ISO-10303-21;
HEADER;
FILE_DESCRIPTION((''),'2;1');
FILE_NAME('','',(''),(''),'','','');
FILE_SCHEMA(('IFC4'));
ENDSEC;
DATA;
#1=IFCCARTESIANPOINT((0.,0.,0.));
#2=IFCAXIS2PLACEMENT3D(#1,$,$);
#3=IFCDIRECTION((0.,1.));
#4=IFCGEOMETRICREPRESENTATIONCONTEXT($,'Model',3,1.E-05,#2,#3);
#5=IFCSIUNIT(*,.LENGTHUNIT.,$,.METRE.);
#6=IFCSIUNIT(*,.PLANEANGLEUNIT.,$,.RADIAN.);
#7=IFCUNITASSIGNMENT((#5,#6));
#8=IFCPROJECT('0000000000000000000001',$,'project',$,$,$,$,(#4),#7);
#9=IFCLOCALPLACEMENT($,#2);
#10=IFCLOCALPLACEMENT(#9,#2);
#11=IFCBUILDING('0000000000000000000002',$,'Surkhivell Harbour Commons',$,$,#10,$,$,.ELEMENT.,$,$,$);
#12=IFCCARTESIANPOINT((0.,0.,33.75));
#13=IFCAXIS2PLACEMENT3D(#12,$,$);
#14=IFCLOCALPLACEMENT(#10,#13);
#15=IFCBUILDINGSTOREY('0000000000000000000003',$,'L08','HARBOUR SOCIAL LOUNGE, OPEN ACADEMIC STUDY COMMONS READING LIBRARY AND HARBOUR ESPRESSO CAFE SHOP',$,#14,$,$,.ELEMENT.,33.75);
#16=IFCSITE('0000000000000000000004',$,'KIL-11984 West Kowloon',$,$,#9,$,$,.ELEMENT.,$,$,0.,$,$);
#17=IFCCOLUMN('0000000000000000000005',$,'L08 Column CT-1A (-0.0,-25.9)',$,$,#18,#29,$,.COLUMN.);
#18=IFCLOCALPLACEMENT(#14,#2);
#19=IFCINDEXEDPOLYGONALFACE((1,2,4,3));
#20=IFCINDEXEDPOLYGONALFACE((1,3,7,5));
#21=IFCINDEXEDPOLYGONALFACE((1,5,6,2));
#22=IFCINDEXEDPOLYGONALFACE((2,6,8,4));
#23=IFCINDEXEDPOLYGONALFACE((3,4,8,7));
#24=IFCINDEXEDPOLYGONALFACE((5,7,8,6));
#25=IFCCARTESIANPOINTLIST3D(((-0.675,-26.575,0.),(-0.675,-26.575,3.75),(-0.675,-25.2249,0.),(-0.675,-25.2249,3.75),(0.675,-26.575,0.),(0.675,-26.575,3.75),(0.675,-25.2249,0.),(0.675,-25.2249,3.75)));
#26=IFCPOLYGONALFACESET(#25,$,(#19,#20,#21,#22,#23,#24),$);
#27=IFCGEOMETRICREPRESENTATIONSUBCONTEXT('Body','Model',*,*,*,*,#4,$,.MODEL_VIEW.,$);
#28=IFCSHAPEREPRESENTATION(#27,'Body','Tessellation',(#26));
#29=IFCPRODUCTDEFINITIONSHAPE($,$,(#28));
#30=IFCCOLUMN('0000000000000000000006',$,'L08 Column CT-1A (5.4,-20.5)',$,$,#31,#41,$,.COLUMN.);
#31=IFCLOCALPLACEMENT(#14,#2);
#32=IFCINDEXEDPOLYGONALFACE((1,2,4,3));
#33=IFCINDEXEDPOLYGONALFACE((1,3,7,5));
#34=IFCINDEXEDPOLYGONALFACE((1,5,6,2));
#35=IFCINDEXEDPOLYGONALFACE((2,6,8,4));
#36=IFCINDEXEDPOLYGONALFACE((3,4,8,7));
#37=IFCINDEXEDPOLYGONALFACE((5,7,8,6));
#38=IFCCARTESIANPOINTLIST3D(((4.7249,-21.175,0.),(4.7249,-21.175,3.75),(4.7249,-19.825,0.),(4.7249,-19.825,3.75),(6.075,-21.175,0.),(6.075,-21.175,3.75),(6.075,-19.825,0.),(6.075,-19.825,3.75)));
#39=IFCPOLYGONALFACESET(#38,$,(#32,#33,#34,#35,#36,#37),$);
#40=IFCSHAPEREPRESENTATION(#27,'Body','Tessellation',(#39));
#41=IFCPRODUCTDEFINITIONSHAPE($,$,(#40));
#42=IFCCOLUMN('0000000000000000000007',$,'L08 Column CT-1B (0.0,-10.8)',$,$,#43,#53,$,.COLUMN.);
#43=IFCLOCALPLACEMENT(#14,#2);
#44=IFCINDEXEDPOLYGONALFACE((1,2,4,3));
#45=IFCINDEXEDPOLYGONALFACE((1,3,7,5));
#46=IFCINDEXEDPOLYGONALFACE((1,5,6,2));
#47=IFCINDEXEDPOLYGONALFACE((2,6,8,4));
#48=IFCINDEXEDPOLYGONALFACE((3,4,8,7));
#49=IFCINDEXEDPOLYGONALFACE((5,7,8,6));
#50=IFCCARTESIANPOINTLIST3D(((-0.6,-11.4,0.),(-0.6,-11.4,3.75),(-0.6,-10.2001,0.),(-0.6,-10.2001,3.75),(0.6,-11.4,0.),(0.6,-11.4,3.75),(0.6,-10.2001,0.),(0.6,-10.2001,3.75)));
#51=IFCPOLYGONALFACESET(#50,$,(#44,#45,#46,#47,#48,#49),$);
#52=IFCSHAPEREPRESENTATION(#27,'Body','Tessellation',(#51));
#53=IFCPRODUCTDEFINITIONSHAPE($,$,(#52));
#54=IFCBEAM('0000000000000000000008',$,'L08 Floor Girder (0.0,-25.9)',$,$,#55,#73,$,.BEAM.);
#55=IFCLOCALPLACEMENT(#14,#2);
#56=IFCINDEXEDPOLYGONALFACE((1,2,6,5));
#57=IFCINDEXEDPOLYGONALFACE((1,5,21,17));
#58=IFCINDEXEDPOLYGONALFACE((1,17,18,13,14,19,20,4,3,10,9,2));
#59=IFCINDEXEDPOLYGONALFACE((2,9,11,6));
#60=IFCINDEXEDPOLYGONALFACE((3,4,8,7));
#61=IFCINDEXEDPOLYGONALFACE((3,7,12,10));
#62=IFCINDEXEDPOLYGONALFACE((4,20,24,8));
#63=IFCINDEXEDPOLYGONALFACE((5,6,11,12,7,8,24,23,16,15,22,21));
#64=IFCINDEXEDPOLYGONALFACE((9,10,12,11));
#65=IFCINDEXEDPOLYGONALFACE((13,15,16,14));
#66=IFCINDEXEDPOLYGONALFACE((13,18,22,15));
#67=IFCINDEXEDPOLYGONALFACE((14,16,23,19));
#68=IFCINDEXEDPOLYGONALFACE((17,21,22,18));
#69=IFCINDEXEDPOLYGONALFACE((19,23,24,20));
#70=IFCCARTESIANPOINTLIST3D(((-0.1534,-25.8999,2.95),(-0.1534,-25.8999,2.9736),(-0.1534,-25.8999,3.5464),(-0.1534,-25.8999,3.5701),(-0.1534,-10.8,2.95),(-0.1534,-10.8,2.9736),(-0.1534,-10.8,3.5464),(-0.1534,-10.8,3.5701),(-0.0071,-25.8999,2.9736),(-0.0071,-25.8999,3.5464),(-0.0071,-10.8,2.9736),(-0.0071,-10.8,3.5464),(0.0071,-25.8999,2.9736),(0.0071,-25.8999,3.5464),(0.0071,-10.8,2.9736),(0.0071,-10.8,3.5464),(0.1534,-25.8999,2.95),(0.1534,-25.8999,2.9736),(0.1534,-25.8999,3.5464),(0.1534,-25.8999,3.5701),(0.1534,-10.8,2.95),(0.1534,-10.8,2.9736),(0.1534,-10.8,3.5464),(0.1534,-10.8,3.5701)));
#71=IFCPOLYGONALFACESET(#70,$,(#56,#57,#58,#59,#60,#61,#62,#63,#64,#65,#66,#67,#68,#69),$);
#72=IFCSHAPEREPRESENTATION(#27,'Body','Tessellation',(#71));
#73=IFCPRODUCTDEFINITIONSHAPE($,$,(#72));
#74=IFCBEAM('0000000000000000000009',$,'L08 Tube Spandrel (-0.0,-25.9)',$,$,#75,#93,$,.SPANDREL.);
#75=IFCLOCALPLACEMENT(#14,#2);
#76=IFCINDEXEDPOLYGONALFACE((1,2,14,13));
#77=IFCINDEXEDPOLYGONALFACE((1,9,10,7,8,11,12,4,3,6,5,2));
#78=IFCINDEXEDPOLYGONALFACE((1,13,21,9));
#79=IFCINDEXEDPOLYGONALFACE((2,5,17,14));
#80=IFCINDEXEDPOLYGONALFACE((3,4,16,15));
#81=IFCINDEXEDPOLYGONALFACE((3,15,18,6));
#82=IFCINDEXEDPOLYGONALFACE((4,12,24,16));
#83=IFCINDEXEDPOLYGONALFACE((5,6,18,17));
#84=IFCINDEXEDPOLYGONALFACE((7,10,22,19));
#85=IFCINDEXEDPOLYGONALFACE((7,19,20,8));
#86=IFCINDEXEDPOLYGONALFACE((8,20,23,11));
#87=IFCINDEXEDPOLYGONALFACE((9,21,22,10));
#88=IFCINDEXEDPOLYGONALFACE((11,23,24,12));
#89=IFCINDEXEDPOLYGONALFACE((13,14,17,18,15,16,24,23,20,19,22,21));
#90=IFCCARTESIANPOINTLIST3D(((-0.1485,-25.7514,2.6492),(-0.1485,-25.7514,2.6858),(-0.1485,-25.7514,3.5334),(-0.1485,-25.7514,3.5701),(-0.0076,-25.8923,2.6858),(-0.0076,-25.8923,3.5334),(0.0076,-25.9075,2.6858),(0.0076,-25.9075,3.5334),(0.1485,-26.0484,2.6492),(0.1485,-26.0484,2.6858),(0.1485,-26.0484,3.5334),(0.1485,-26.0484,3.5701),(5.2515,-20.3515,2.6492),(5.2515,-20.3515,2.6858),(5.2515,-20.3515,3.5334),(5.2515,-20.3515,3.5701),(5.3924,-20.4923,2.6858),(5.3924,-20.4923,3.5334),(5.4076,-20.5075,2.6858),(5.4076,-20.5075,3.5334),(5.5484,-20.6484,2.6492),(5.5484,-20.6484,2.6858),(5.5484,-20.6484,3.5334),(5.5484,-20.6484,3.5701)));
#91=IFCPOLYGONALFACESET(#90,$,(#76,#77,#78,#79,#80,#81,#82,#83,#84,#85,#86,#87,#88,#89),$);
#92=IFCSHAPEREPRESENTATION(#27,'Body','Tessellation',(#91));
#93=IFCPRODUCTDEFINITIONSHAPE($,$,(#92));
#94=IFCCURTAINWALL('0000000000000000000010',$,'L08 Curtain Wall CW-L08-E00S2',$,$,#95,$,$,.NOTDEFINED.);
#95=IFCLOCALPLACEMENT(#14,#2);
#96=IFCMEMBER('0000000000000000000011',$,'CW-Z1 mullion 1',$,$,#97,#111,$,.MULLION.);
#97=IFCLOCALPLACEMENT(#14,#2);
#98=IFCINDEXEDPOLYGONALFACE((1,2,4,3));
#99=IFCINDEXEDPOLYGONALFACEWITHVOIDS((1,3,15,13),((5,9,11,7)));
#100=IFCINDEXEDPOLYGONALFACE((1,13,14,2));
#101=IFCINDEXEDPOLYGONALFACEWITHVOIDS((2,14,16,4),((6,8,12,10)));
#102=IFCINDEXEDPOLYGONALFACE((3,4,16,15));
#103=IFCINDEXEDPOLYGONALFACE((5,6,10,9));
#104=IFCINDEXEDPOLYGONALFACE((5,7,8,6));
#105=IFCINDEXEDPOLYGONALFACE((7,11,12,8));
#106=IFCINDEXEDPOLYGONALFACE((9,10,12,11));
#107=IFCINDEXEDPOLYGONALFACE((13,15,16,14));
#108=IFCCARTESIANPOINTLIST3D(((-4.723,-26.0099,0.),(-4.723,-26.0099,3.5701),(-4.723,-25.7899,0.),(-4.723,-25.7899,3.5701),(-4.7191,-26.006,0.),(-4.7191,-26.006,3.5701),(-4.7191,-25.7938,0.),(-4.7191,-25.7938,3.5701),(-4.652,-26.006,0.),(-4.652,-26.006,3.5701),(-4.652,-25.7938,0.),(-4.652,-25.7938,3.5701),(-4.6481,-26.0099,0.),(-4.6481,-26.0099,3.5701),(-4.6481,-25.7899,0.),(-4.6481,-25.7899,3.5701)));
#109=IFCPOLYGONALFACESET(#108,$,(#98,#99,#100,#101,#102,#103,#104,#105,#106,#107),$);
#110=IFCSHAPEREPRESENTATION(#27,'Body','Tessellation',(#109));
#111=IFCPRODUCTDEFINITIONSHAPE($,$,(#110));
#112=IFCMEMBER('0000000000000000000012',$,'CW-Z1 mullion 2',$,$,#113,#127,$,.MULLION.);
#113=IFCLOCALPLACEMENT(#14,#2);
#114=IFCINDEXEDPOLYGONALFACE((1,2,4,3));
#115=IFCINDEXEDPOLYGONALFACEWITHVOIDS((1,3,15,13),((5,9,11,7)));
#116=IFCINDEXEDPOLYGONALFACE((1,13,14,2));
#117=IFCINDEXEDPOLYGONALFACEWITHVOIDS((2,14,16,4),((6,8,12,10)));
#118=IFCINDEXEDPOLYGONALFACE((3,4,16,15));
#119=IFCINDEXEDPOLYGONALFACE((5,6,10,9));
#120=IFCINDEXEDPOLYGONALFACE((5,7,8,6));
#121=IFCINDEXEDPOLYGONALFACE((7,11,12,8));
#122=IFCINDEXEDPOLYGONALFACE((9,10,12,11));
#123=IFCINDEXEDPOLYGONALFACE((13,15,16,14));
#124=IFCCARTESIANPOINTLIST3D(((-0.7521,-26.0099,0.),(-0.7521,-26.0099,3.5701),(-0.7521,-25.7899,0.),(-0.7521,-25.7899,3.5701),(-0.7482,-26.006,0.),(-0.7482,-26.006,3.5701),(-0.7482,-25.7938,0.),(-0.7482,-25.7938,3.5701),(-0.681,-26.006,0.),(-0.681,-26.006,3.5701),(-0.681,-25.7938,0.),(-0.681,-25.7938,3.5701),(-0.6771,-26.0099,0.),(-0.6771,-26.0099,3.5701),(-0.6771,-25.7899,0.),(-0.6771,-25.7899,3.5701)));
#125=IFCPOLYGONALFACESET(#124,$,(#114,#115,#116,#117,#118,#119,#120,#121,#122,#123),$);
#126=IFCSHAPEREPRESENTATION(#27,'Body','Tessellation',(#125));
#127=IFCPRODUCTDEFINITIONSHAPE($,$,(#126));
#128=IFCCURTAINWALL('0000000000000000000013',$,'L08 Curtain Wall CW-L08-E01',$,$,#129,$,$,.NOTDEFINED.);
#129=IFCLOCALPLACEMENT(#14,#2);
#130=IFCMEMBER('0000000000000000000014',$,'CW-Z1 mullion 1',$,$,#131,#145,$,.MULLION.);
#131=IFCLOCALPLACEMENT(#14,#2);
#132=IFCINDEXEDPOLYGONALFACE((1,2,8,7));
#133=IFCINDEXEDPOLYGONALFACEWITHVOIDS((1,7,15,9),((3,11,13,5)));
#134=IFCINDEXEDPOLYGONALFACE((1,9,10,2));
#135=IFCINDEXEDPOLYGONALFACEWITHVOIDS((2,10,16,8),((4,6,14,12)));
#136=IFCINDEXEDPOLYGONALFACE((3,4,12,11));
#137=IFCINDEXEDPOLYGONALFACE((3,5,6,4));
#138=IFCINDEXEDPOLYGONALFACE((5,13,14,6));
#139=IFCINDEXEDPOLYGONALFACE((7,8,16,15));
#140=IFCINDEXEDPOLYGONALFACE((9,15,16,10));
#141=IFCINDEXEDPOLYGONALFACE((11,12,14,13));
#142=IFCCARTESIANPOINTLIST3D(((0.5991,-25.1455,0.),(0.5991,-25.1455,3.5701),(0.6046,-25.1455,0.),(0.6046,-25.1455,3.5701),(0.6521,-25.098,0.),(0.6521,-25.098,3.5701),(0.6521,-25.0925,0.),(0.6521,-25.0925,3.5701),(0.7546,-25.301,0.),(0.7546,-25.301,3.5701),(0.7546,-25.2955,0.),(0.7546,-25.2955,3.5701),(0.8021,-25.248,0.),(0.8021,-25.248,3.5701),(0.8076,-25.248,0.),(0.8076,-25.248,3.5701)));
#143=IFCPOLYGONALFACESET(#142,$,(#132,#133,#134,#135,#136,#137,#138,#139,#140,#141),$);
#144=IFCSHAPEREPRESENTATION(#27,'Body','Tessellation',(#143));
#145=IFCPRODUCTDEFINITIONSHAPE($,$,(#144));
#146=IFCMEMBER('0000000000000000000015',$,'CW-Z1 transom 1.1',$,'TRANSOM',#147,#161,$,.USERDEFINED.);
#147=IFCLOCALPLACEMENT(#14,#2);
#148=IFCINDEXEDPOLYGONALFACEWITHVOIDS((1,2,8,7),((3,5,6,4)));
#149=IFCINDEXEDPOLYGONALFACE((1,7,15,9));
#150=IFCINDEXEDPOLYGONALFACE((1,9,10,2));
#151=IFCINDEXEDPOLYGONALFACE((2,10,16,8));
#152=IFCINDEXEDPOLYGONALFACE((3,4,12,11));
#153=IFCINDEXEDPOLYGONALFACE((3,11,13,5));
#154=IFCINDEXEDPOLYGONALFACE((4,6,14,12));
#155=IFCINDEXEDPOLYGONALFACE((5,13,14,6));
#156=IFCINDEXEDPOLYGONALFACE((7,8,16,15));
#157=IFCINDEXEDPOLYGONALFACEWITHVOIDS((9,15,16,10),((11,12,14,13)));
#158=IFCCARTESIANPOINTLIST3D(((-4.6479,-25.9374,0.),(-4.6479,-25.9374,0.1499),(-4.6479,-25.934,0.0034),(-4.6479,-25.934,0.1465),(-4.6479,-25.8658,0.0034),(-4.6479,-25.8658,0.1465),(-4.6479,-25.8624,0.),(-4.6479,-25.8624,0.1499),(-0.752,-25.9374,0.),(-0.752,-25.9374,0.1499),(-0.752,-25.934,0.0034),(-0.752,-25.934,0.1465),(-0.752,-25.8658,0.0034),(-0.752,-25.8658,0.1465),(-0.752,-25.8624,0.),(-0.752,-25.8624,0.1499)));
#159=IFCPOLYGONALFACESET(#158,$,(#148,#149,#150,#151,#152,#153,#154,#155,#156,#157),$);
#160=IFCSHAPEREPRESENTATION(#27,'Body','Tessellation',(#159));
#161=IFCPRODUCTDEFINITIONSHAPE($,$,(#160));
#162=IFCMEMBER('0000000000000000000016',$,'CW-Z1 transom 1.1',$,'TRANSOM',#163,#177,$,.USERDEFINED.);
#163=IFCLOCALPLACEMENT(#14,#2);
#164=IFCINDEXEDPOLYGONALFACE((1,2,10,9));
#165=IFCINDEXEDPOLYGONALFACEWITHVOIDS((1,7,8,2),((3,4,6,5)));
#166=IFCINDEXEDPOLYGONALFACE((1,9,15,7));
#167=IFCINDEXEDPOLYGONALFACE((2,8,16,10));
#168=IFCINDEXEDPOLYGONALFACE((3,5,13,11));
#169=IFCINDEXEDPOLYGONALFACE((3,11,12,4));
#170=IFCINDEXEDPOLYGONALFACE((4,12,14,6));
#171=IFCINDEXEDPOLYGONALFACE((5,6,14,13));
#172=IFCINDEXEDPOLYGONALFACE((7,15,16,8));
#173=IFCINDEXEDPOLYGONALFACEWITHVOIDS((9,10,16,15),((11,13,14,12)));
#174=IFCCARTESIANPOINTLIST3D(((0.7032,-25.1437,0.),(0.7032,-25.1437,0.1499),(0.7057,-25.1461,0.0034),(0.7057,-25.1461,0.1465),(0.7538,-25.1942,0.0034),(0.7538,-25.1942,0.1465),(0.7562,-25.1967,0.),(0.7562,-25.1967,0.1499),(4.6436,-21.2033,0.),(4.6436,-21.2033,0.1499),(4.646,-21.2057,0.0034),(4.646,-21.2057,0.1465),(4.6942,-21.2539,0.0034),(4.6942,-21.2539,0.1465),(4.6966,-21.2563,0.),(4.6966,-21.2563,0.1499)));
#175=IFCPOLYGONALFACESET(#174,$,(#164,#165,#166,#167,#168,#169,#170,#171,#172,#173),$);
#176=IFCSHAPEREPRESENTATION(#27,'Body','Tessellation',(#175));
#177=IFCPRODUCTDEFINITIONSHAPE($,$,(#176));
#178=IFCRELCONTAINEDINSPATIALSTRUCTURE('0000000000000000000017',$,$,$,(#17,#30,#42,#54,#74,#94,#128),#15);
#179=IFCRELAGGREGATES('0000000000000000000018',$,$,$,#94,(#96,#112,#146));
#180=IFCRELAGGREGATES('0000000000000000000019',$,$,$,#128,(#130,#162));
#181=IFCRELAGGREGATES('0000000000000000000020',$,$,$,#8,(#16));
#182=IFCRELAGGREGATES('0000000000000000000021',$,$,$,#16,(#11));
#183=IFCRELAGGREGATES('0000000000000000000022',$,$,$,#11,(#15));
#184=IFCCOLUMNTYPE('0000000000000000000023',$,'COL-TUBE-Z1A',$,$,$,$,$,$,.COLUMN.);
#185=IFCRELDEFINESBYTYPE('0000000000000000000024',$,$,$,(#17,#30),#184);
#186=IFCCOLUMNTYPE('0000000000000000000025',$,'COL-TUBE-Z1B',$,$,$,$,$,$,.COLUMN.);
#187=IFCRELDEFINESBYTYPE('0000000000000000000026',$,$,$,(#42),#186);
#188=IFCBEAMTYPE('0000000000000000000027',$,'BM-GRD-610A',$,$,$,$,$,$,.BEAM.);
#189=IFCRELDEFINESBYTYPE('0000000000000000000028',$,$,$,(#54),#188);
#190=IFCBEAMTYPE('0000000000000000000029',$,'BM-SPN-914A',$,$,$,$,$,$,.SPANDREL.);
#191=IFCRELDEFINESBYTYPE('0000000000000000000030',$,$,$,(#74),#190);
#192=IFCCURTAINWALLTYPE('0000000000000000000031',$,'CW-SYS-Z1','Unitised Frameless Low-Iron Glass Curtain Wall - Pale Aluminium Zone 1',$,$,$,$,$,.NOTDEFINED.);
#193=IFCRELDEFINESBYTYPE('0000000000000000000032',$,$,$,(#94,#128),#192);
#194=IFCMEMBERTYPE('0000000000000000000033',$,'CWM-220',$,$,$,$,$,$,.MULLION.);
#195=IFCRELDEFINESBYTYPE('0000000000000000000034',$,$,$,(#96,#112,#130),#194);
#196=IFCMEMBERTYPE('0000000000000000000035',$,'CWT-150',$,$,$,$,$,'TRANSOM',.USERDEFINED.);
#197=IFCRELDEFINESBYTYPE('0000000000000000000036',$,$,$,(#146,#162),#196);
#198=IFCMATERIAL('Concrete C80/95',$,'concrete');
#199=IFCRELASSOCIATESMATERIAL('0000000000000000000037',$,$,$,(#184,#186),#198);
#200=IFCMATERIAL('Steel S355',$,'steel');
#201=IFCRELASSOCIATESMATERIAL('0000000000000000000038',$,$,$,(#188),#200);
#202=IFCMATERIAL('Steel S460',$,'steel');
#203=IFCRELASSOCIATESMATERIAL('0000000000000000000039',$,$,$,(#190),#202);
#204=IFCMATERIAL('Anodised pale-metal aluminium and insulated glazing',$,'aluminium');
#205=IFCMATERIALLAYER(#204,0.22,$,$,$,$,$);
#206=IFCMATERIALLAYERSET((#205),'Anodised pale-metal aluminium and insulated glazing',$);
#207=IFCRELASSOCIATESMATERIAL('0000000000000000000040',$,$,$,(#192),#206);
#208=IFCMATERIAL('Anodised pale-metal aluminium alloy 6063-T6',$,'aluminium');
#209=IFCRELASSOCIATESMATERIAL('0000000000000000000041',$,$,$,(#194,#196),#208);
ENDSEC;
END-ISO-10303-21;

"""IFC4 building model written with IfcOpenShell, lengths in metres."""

from ifc_helpers import new_model, si_unit, direction, frame, origin, origin_2d, place, context, subcontext, project, spatial, rectangle, hollow_rectangle, i_section, extrude, material, layer, layer_set, material_profile, profile_set, type_object, element, aggregate, save


model = new_model("IFC4")

# Units and contexts
model_context = context("Model", 3, precision=1e-05, world=origin(), true_north=direction((0.0, 1.0)))
body_context = subcontext(model_context, "Body", "Model", "MODEL_VIEW")
ifc_project = project(units=[si_unit("LENGTHUNIT", "METRE"), si_unit("PLANEANGLEUNIT", "RADIAN")], contexts=[model_context])

# Site, building, storey
site_placement = place(None, origin())
site = spatial("IfcSite", under=ifc_project, at=site_placement, Name="KIL-11984 West Kowloon", CompositionType="ELEMENT", RefElevation=0.0)
building_placement = place(site_placement, origin())
building = spatial("IfcBuilding", under=site, at=building_placement, Name="Surkhivell Harbour Commons", CompositionType="ELEMENT")
storey_placement = place(building_placement, frame((0.0, 0.0, 33.75)))
storey = spatial("IfcBuildingStorey", under=building, at=storey_placement, Name="L08", Description="HARBOUR SOCIAL LOUNGE, OPEN ACADEMIC STUDY COMMONS READING LIBRARY AND HARBOUR ESPRESSO CAFE SHOP", CompositionType="ELEMENT", Elevation=33.75)

# Columns
ifc_material_1 = material(Name="Concrete C80/95", Category="concrete")
ifc_material_profile_1 = material_profile(ifc_material_1, rectangle(XDim=1.3501, YDim=1.3501, at=origin_2d()), Name="RC-COL-1350x1350")
ifc_profile_set_1 = profile_set([ifc_material_profile_1], Name="Concrete C80/95")
column_type_1 = type_object("IfcColumnType", Name="COL-TUBE-Z1A", PredefinedType="COLUMN", material=ifc_profile_set_1)
for number, where, z_axis, x_axis, name in (
    (1, (0.0, -25.8999, 0.0), (0.0, 0.0, 1.0), (1.0, 0.0, 0.0), "L08 Column CT-1A (-0.0,-25.9)"),
    (2, (5.3999, -20.5, 0.0), (0.0, 0.0, 1.0), (1.0, 0.0, 0.0), "L08 Column CT-1A (5.4,-20.5)"),
):
    element("IfcColumn", number, at=place(storey_placement, frame(where, z_axis=z_axis, x_axis=x_axis)), inside=storey, type_object=column_type_1, Name=name, PredefinedType="COLUMN", context=body_context, shape_type="SweptSolid", body=[
        extrude(rectangle(XDim=1.3501, YDim=1.3501, at=origin_2d()), origin(), (0.0, 0.0, 1.0), 3.75),
    ])
ifc_material_profile_2 = material_profile(ifc_material_1, rectangle(XDim=1.2, YDim=1.2, at=origin_2d()), Name="RC-COL-1200x1200")
ifc_profile_set_2 = profile_set([ifc_material_profile_2], Name="Concrete C80/95")
column_type_2 = type_object("IfcColumnType", Name="COL-TUBE-Z1B", PredefinedType="COLUMN", material=ifc_profile_set_2)
column_placement = place(storey_placement, frame((0.0, -10.8, 0.0), z_axis=(0.0, 0.0, 1.0), x_axis=(1.0, 0.0, 0.0)))
element("IfcColumn", 3, at=column_placement, inside=storey, type_object=column_type_2, Name="L08 Column CT-1B (0.0,-10.8)", PredefinedType="COLUMN", context=body_context, shape_type="SweptSolid", body=[
    extrude(rectangle(XDim=1.2, YDim=1.2, at=origin_2d()), origin(), (0.0, 0.0, 1.0), 3.75),
])

# Beams
ifc_material_2 = material(Name="Steel S355", Category="steel")
ifc_material_profile_3 = material_profile(ifc_material_2, i_section(OverallWidth=0.3069, OverallDepth=0.6201, WebThickness=0.0142, FlangeThickness=0.0237, at=origin_2d()), Name="UB610x305x179")
ifc_profile_set_3 = profile_set([ifc_material_profile_3], Name="Steel S355")
beam_type_1 = type_object("IfcBeamType", Name="BM-GRD-610A", PredefinedType="BEAM", material=ifc_profile_set_3)
beam_1_placement = place(storey_placement, frame((0.0, -25.8999, 3.26), z_axis=(0.0, 1.0, 0.0), x_axis=(-1.0, 0.0, 0.0)))
element("IfcBeam", 4, at=beam_1_placement, inside=storey, type_object=beam_type_1, Name="L08 Floor Girder (0.0,-25.9)", PredefinedType="BEAM", context=body_context, shape_type="SweptSolid", body=[
    extrude(i_section(OverallWidth=0.3069, OverallDepth=0.6201, WebThickness=0.0142, FlangeThickness=0.0237, at=origin_2d()), origin(), (0.0, 0.0, 1.0), 15.0999),
])
ifc_material_3 = material(Name="Steel S460", Category="steel")
ifc_material_profile_4 = material_profile(ifc_material_3, i_section(OverallWidth=0.4199, OverallDepth=0.9209, WebThickness=0.0215, FlangeThickness=0.0366, at=origin_2d()), Name="UB914x419x388")
ifc_profile_set_4 = profile_set([ifc_material_profile_4], Name="Steel S460")
beam_type_2 = type_object("IfcBeamType", Name="BM-SPN-914A", PredefinedType="SPANDREL", material=ifc_profile_set_4)
beam_2_placement = place(storey_placement, frame((0.0, -25.8999, 3.1096), z_axis=(0.707107, 0.707107, 0.0), x_axis=(-0.707107, 0.707107, 0.0)))
element("IfcBeam", 5, at=beam_2_placement, inside=storey, type_object=beam_type_2, Name="L08 Tube Spandrel (-0.0,-25.9)", PredefinedType="SPANDREL", context=body_context, shape_type="SweptSolid", body=[
    extrude(i_section(OverallWidth=0.4199, OverallDepth=0.9209, WebThickness=0.0215, FlangeThickness=0.0366, at=origin_2d()), origin(), (0.0, 0.0, 1.0), 7.6367),
])

# Curtain wall, members
ifc_material_4 = material(Name="Anodised pale-metal aluminium and insulated glazing", Category="aluminium")
ifc_layer_1 = layer(ifc_material_4, 0.22)
ifc_layer_set_1 = layer_set([ifc_layer_1], Name="Anodised pale-metal aluminium and insulated glazing")
curtain_wall_type = type_object("IfcCurtainWallType", Name="CW-SYS-Z1", Description="Unitised Frameless Low-Iron Glass Curtain Wall - Pale Aluminium Zone 1", PredefinedType="NOTDEFINED", material=ifc_layer_set_1)
curtain_wall_1_placement = place(storey_placement, origin())
curtain_wall_1 = element("IfcCurtainWall", 6, at=curtain_wall_1_placement, inside=storey, type_object=curtain_wall_type, Name="L08 Curtain Wall CW-L08-E00S2", PredefinedType="NOTDEFINED")
ifc_material_5 = material(Name="Anodised pale-metal aluminium alloy 6063-T6", Category="aluminium")
ifc_material_profile_5 = material_profile(ifc_material_5, hollow_rectangle(XDim=0.075, YDim=0.22, WallThickness=0.0039, at=origin_2d()), Name="ALU-MULL-75x220")
ifc_profile_set_5 = profile_set([ifc_material_profile_5], Name="Anodised pale-metal aluminium alloy 6063-T6")
member_type_1 = type_object("IfcMemberType", Name="CWM-220", PredefinedType="MULLION", material=ifc_profile_set_5)
member_1_placement = place(storey_placement, frame((-4.6855, -25.8999, 0.0), z_axis=(0.0, 0.0, 1.0), x_axis=(1.0, 0.0, 0.0)))
member_1 = element("IfcMember", 7, at=member_1_placement, type_object=member_type_1, Name="CW-Z1 mullion 1", PredefinedType="MULLION", context=body_context, shape_type="SweptSolid", body=[
    extrude(hollow_rectangle(XDim=0.075, YDim=0.22, WallThickness=0.0039, at=origin_2d()), origin(), (0.0, 0.0, 1.0), 3.5701),
])
member_2_placement = place(storey_placement, frame((-0.7146, -25.8999, 0.0), z_axis=(0.0, 0.0, 1.0), x_axis=(1.0, 0.0, 0.0)))
member_2 = element("IfcMember", 8, at=member_2_placement, type_object=member_type_1, Name="CW-Z1 mullion 2", PredefinedType="MULLION", context=body_context, shape_type="SweptSolid", body=[
    extrude(hollow_rectangle(XDim=0.075, YDim=0.22, WallThickness=0.0039, at=origin_2d()), origin(), (0.0, 0.0, 1.0), 3.5701),
])

# Curtain wall, member
curtain_wall_2_placement = place(storey_placement, origin())
curtain_wall_2 = element("IfcCurtainWall", 9, at=curtain_wall_2_placement, inside=storey, type_object=curtain_wall_type, Name="L08 Curtain Wall CW-L08-E01", PredefinedType="NOTDEFINED")
member_3_placement = place(storey_placement, frame((0.7034, -25.1968, 0.0), z_axis=(0.0, 0.0, 1.0), x_axis=(0.707107, 0.707107, 0.0)))
member_3 = element("IfcMember", 10, at=member_3_placement, type_object=member_type_1, Name="CW-Z1 mullion 1", PredefinedType="MULLION", context=body_context, shape_type="SweptSolid", body=[
    extrude(hollow_rectangle(XDim=0.075, YDim=0.22, WallThickness=0.0039, at=origin_2d()), origin(), (0.0, 0.0, 1.0), 3.5701),
])

# Members
ifc_material_profile_6 = material_profile(ifc_material_5, hollow_rectangle(XDim=0.075, YDim=0.1499, WallThickness=0.0034, at=origin_2d()), Name="ALU-TRAN-75x150")
ifc_profile_set_6 = profile_set([ifc_material_profile_6], Name="Anodised pale-metal aluminium alloy 6063-T6")
member_type_2 = type_object("IfcMemberType", Name="CWT-150", ElementType="TRANSOM", PredefinedType="USERDEFINED", material=ifc_profile_set_6)
member_4_placement = place(storey_placement, frame((-4.6479, -25.8999, 0.075), z_axis=(1.0, 0.0, 0.0), x_axis=(0.0, 1.0, 0.0)))
member_4 = element("IfcMember", 11, at=member_4_placement, type_object=member_type_2, Name="CW-Z1 transom 1.1", ObjectType="TRANSOM", PredefinedType="USERDEFINED", context=body_context, shape_type="SweptSolid", body=[
    extrude(hollow_rectangle(XDim=0.075, YDim=0.1499, WallThickness=0.0034, at=origin_2d()), origin(), (0.0, 0.0, 1.0), 3.896),
])
member_5_placement = place(storey_placement, frame((0.7297, -25.1702, 0.075), z_axis=(0.707107, 0.707107, 0.0), x_axis=(-0.707107, 0.707107, 0.0)))
member_5 = element("IfcMember", 12, at=member_5_placement, type_object=member_type_2, Name="CW-Z1 transom 1.1", ObjectType="TRANSOM", PredefinedType="USERDEFINED", context=body_context, shape_type="SweptSolid", body=[
    extrude(hollow_rectangle(XDim=0.075, YDim=0.1499, WallThickness=0.0034, at=origin_2d()), origin(), (0.0, 0.0, 1.0), 5.5725),
])

aggregate(curtain_wall_1, [member_1, member_2, member_4])
aggregate(curtain_wall_2, [member_3, member_5])

save(model, "model.ifc")
